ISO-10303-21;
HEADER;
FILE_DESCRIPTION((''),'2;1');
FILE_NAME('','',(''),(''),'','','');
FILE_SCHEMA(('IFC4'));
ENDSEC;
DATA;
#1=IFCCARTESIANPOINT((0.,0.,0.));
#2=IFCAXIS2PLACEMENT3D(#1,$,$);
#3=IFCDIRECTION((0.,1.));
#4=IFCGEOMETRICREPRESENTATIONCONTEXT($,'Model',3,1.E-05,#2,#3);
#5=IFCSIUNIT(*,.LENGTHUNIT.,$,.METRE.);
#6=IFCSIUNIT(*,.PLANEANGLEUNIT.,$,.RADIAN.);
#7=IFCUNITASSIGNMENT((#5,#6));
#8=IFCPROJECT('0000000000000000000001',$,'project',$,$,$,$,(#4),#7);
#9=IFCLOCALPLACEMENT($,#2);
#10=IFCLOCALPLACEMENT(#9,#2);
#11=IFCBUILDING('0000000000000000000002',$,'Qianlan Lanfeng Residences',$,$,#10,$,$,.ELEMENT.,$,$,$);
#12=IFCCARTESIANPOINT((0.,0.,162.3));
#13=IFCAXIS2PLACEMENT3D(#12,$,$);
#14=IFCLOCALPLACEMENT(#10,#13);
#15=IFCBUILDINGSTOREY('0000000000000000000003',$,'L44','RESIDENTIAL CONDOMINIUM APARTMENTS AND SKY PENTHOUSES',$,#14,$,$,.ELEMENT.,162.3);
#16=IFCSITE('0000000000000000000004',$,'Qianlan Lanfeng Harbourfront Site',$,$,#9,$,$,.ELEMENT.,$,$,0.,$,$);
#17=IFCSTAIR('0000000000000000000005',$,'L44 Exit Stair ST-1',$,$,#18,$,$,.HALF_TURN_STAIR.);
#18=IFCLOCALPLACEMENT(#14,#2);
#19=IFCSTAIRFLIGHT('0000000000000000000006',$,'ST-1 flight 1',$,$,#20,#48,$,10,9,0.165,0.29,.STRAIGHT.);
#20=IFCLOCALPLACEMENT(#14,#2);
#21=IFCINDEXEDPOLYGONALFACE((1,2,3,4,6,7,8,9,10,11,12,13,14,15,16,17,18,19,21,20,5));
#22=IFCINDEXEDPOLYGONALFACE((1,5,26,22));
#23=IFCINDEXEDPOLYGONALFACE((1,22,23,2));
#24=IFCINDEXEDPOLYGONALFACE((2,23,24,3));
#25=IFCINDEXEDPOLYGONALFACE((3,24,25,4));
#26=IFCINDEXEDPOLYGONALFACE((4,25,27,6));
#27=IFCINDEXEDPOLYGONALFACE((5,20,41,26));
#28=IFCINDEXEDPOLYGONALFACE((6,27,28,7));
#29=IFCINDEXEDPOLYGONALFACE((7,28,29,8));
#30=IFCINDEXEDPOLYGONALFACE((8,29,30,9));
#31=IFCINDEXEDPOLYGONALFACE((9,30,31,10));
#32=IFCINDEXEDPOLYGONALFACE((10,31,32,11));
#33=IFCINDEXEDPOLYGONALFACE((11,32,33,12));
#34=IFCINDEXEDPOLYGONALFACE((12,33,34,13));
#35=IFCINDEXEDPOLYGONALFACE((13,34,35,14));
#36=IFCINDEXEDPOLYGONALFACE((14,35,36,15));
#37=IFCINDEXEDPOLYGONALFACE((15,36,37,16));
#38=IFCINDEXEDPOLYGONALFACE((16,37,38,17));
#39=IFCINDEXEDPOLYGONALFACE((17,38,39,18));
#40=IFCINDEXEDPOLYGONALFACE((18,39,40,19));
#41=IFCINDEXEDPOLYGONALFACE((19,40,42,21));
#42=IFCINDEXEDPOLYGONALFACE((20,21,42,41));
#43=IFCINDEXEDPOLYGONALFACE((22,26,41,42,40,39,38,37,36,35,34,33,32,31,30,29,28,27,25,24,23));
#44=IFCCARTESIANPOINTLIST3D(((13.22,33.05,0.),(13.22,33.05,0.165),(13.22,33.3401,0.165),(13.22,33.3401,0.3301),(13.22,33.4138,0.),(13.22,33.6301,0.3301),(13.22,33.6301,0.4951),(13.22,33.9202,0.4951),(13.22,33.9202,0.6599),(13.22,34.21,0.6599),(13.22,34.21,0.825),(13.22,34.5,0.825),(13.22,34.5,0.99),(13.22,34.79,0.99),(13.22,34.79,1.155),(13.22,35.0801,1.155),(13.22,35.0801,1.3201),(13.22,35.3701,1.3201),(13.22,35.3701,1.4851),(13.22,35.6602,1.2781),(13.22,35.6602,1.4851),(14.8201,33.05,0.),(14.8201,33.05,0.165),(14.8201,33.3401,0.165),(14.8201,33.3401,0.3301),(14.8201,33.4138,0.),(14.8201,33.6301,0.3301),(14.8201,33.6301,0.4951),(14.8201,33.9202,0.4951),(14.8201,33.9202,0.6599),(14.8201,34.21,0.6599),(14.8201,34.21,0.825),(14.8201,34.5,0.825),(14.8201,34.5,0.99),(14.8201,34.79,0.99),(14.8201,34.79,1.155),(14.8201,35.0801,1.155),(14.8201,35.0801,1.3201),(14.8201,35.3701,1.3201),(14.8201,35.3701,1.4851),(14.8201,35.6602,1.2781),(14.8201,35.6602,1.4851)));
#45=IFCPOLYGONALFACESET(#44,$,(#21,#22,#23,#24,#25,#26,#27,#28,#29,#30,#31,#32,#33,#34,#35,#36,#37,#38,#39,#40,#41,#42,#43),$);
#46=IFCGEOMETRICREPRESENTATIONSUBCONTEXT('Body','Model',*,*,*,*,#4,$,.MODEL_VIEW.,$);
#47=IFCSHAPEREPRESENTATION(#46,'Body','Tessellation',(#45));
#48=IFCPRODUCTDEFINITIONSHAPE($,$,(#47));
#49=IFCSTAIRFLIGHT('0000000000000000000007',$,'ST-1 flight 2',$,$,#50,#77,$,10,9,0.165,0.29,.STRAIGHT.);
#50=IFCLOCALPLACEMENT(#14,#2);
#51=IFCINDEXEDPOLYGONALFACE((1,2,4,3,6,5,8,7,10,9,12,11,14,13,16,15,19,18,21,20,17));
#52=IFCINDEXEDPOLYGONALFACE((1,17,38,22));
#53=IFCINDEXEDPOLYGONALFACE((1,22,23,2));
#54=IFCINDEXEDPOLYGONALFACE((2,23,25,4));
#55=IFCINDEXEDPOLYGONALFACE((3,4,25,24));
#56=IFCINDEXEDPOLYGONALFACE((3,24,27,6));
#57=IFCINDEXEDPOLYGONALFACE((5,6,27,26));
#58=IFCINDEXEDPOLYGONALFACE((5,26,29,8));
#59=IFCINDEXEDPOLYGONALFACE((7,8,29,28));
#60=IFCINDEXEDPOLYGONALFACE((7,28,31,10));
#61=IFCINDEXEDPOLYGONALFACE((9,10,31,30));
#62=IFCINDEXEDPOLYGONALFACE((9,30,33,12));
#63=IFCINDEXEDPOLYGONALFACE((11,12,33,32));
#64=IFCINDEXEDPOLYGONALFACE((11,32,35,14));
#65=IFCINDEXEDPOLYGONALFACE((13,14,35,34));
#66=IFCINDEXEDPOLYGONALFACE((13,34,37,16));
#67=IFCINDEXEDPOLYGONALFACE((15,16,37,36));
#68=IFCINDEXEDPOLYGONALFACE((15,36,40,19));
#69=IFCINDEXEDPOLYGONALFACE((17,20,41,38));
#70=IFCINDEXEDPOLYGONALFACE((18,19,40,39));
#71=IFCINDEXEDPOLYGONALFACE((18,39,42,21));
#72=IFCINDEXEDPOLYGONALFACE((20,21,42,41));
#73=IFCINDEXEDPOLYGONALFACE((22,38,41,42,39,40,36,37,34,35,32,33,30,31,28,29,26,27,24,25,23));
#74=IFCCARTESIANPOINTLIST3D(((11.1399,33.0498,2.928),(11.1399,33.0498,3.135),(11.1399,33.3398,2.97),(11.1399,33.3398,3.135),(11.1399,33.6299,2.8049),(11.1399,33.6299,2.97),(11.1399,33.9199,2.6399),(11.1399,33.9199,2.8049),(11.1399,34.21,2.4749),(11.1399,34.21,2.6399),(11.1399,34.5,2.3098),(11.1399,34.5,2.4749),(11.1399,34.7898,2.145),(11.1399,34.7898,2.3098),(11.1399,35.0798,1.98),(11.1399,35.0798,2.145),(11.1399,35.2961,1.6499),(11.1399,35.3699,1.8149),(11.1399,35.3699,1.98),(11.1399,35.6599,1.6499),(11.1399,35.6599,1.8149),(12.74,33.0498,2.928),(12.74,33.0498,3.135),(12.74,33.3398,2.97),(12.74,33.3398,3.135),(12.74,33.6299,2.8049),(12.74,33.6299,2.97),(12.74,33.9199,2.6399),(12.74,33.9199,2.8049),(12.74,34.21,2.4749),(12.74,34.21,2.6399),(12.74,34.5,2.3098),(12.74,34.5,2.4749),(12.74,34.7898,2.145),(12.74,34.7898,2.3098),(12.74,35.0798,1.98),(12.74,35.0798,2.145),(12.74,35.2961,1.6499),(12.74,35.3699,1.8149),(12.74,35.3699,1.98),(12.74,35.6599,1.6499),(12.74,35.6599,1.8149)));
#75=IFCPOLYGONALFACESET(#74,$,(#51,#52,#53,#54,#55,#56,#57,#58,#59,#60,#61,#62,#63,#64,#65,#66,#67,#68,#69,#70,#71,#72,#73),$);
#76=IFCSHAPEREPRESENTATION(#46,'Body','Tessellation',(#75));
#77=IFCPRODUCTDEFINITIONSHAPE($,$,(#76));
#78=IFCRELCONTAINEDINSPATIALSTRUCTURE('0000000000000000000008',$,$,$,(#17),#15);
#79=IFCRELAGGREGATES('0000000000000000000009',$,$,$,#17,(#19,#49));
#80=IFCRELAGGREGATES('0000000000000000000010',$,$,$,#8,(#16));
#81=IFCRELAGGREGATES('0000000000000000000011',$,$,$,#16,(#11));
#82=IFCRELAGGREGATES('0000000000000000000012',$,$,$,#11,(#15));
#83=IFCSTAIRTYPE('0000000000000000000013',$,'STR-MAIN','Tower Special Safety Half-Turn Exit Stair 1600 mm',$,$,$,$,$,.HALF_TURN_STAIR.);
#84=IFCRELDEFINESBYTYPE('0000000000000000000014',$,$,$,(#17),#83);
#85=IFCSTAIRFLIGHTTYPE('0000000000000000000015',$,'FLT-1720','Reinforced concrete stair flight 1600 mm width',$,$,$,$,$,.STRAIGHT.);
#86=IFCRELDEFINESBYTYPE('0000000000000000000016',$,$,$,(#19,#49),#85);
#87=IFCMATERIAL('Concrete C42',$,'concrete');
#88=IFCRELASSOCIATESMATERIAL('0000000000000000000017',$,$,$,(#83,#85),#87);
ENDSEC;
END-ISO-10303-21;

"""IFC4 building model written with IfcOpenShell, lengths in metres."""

from ifc_helpers import new_model, si_unit, direction, frame, origin, place, context, subcontext, project, spatial, polyline, outline, extrude, material, type_object, element, aggregate, save


model = new_model("IFC4")

# Units and contexts
model_context = context("Model", 3, precision=1e-05, world=origin(), true_north=direction((0.0, 1.0)))
body_context = subcontext(model_context, "Body", "Model", "MODEL_VIEW")
ifc_project = project(units=[si_unit("LENGTHUNIT", "METRE"), si_unit("PLANEANGLEUNIT", "RADIAN")], contexts=[model_context])

# Site, building, storey
site_placement = place(None, origin())
site = spatial("IfcSite", under=ifc_project, at=site_placement, Name="Qianlan Lanfeng Harbourfront Site", CompositionType="ELEMENT", RefElevation=0.0)
building_placement = place(site_placement, origin())
building = spatial("IfcBuilding", under=site, at=building_placement, Name="Qianlan Lanfeng Residences", CompositionType="ELEMENT")
storey_placement = place(building_placement, frame((0.0, 0.0, 162.3)))
storey = spatial("IfcBuildingStorey", under=building, at=storey_placement, Name="L44", Description="RESIDENTIAL CONDOMINIUM APARTMENTS AND SKY PENTHOUSES", CompositionType="ELEMENT", Elevation=162.3)

# Shared definitions
ifc_material_1 = material(Name="Concrete C42", Category="concrete")

# Stair, stair flights
stair_type = type_object("IfcStairType", Name="STR-MAIN", Description="Tower Special Safety Half-Turn Exit Stair 1600 mm", PredefinedType="HALF_TURN_STAIR", material=ifc_material_1)
stair_placement = place(storey_placement, origin())
stair = element("IfcStair", 1, at=stair_placement, inside=storey, type_object=stair_type, Name="L44 Exit Stair ST-1", PredefinedType="HALF_TURN_STAIR")
stair_flight_type = type_object("IfcStairFlightType", Name="FLT-1720", Description="Reinforced concrete stair flight 1600 mm width", PredefinedType="STRAIGHT", material=ifc_material_1)
stair_flight_1_placement = place(storey_placement, frame((14.02, 33.05, 0.0), z_axis=(0.0, 0.0, 1.0), x_axis=(0.0, 1.0, 0.0)))
stair_flight_1 = element("IfcStairFlight", 2, at=stair_flight_1_placement, type_object=stair_flight_type, Name="ST-1 flight 1", NumberOfRisers=10, NumberOfTreads=9, PredefinedType="STRAIGHT", RiserHeight=0.165, TreadLength=0.29, context=body_context, shape_type="SweptSolid", body=[
    extrude(outline(polyline([(0.0, 0.0), (0.0, 0.165), (0.29, 0.165), (0.29, 0.3301), (0.5801, 0.3301), (0.5801, 0.4951), (0.8701, 0.4951), (0.8701, 0.6599), (1.1599, 0.6599), (1.1599, 0.825), (1.45, 0.825), (1.45, 0.99), (1.74, 0.99), (1.74, 1.155), (2.03, 1.155), (2.03, 1.3201), (2.3201, 1.3201), (2.3201, 1.4851), (2.6101, 1.4851), (2.6101, 1.6499), (2.6101, 1.2781), (0.3638, 0.0), (0.0, 0.0)])), frame((0.0, 0.8, 0.0), z_axis=(0.0, -1.0, 0.0), x_axis=(1.0, 0.0, 0.0)), (0.0, 0.0, 1.0), 1.6001),
])
stair_flight_2_placement = place(storey_placement, frame((11.9399, 35.6599, 1.6499), z_axis=(0.0, 0.0, 1.0), x_axis=(0.0, -1.0, 0.0)))
stair_flight_2 = element("IfcStairFlight", 3, at=stair_flight_2_placement, type_object=stair_flight_type, Name="ST-1 flight 2", NumberOfRisers=10, NumberOfTreads=9, PredefinedType="STRAIGHT", RiserHeight=0.165, TreadLength=0.29, context=body_context, shape_type="SweptSolid", body=[
    extrude(outline(polyline([(0.0, 0.0), (0.0, 0.165), (0.29, 0.165), (0.29, 0.3301), (0.5801, 0.3301), (0.5801, 0.4951), (0.8701, 0.4951), (0.8701, 0.6599), (1.1599, 0.6599), (1.1599, 0.825), (1.45, 0.825), (1.45, 0.99), (1.74, 0.99), (1.74, 1.155), (2.03, 1.155), (2.03, 1.3201), (2.3201, 1.3201), (2.3201, 1.4851), (2.6101, 1.4851), (2.6101, 1.6499), (2.6101, 1.2781), (0.3638, 0.0), (0.0, 0.0)])), frame((0.0, 0.8, 0.0), z_axis=(0.0, -1.0, 0.0), x_axis=(1.0, 0.0, 0.0)), (0.0, 0.0, 1.0), 1.6001),
])
aggregate(stair, [stair_flight_1, stair_flight_2])

save(model, "model.ifc")
